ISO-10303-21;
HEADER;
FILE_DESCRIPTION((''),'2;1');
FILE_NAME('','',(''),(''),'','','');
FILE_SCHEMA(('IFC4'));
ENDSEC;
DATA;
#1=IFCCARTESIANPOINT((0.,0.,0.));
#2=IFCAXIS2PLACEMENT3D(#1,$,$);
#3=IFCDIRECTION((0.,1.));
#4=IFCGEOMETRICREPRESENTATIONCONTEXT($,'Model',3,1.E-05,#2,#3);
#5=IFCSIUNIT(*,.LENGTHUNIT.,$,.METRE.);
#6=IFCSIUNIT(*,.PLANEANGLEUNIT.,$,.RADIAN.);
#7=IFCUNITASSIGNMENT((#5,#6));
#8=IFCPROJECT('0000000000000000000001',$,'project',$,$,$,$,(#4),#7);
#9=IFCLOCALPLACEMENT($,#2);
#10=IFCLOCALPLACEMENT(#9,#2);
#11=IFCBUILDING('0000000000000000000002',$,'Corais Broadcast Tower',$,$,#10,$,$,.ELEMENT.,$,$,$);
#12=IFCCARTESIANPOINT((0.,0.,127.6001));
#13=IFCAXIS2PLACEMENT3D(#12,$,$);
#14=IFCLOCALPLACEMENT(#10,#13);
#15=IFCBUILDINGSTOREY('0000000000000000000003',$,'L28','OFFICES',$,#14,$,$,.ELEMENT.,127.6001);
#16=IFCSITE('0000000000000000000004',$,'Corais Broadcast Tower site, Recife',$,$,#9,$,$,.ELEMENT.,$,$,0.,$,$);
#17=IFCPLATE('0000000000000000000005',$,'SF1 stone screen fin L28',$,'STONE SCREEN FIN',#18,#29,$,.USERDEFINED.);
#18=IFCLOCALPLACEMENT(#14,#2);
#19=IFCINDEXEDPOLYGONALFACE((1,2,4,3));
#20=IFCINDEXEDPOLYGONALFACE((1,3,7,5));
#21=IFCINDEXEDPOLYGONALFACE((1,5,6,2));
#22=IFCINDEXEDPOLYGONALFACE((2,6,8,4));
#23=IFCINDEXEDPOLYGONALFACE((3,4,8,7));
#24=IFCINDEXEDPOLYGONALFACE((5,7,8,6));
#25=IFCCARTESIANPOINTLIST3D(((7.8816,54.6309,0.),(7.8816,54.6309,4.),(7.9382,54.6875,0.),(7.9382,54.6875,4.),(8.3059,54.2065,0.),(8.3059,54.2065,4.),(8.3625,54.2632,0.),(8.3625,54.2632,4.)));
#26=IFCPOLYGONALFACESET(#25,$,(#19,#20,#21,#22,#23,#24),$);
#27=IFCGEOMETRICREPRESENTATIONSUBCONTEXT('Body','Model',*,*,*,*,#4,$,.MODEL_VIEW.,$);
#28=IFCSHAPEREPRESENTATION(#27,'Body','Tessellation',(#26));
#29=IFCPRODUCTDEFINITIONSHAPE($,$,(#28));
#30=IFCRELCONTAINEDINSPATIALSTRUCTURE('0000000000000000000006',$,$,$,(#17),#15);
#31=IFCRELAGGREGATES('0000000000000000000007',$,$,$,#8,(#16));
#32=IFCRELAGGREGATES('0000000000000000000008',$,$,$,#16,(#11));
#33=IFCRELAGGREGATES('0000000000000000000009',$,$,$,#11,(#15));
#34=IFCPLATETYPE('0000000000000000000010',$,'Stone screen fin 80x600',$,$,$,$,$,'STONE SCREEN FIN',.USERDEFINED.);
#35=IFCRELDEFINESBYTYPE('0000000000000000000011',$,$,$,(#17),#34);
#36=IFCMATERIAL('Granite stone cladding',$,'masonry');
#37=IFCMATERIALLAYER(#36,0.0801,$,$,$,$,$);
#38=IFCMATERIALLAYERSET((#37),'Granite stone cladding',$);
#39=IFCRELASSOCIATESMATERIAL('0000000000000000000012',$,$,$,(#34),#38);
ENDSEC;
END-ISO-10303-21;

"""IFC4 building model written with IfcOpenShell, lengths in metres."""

from ifc_helpers import new_model, si_unit, direction, frame, origin, origin_2d, place, context, subcontext, project, spatial, rectangle, extrude, material, layer, layer_set, type_object, element, save


model = new_model("IFC4")

# Units and contexts
model_context = context("Model", 3, precision=1e-05, world=origin(), true_north=direction((0.0, 1.0)))
body_context = subcontext(model_context, "Body", "Model", "MODEL_VIEW")
ifc_project = project(units=[si_unit("LENGTHUNIT", "METRE"), si_unit("PLANEANGLEUNIT", "RADIAN")], contexts=[model_context])

# Site, building, storey
site_placement = place(None, origin())
site = spatial("IfcSite", under=ifc_project, at=site_placement, Name="Corais Broadcast Tower site, Recife", CompositionType="ELEMENT", RefElevation=0.0)
building_placement = place(site_placement, origin())
building = spatial("IfcBuilding", under=site, at=building_placement, Name="Corais Broadcast Tower", CompositionType="ELEMENT")
storey_placement = place(building_placement, frame((0.0, 0.0, 127.6001)))
storey = spatial("IfcBuildingStorey", under=building, at=storey_placement, Name="L28", Description="OFFICES", CompositionType="ELEMENT", Elevation=127.6001)

# Plate
ifc_material_1 = material(Name="Granite stone cladding", Category="masonry")
ifc_layer_1 = layer(ifc_material_1, 0.0801)
ifc_layer_set_1 = layer_set([ifc_layer_1], Name="Granite stone cladding")
plate_type_1 = type_object("IfcPlateType", Name="Stone screen fin 80x600", ElementType="STONE SCREEN FIN", PredefinedType="USERDEFINED", material=ifc_layer_set_1)
for number, where, z_axis, x_axis, name in (
    (1, (8.1221, 54.447, 0.0), (0.0, 0.0, 1.0), (0.707107, 0.707107, 0.0), "SF1 stone screen fin L28"),
):
    element("IfcPlate", number, at=place(storey_placement, frame(where, z_axis=z_axis, x_axis=x_axis)), inside=storey, type_object=plate_type_1, Name=name, ObjectType="STONE SCREEN FIN", PredefinedType="USERDEFINED", context=body_context, shape_type="SweptSolid", body=[
        extrude(rectangle(XDim=0.0801, YDim=0.6001, at=origin_2d()), origin(), (0.0, 0.0, 1.0), 4.0),
    ])

save(model, "model.ifc")
